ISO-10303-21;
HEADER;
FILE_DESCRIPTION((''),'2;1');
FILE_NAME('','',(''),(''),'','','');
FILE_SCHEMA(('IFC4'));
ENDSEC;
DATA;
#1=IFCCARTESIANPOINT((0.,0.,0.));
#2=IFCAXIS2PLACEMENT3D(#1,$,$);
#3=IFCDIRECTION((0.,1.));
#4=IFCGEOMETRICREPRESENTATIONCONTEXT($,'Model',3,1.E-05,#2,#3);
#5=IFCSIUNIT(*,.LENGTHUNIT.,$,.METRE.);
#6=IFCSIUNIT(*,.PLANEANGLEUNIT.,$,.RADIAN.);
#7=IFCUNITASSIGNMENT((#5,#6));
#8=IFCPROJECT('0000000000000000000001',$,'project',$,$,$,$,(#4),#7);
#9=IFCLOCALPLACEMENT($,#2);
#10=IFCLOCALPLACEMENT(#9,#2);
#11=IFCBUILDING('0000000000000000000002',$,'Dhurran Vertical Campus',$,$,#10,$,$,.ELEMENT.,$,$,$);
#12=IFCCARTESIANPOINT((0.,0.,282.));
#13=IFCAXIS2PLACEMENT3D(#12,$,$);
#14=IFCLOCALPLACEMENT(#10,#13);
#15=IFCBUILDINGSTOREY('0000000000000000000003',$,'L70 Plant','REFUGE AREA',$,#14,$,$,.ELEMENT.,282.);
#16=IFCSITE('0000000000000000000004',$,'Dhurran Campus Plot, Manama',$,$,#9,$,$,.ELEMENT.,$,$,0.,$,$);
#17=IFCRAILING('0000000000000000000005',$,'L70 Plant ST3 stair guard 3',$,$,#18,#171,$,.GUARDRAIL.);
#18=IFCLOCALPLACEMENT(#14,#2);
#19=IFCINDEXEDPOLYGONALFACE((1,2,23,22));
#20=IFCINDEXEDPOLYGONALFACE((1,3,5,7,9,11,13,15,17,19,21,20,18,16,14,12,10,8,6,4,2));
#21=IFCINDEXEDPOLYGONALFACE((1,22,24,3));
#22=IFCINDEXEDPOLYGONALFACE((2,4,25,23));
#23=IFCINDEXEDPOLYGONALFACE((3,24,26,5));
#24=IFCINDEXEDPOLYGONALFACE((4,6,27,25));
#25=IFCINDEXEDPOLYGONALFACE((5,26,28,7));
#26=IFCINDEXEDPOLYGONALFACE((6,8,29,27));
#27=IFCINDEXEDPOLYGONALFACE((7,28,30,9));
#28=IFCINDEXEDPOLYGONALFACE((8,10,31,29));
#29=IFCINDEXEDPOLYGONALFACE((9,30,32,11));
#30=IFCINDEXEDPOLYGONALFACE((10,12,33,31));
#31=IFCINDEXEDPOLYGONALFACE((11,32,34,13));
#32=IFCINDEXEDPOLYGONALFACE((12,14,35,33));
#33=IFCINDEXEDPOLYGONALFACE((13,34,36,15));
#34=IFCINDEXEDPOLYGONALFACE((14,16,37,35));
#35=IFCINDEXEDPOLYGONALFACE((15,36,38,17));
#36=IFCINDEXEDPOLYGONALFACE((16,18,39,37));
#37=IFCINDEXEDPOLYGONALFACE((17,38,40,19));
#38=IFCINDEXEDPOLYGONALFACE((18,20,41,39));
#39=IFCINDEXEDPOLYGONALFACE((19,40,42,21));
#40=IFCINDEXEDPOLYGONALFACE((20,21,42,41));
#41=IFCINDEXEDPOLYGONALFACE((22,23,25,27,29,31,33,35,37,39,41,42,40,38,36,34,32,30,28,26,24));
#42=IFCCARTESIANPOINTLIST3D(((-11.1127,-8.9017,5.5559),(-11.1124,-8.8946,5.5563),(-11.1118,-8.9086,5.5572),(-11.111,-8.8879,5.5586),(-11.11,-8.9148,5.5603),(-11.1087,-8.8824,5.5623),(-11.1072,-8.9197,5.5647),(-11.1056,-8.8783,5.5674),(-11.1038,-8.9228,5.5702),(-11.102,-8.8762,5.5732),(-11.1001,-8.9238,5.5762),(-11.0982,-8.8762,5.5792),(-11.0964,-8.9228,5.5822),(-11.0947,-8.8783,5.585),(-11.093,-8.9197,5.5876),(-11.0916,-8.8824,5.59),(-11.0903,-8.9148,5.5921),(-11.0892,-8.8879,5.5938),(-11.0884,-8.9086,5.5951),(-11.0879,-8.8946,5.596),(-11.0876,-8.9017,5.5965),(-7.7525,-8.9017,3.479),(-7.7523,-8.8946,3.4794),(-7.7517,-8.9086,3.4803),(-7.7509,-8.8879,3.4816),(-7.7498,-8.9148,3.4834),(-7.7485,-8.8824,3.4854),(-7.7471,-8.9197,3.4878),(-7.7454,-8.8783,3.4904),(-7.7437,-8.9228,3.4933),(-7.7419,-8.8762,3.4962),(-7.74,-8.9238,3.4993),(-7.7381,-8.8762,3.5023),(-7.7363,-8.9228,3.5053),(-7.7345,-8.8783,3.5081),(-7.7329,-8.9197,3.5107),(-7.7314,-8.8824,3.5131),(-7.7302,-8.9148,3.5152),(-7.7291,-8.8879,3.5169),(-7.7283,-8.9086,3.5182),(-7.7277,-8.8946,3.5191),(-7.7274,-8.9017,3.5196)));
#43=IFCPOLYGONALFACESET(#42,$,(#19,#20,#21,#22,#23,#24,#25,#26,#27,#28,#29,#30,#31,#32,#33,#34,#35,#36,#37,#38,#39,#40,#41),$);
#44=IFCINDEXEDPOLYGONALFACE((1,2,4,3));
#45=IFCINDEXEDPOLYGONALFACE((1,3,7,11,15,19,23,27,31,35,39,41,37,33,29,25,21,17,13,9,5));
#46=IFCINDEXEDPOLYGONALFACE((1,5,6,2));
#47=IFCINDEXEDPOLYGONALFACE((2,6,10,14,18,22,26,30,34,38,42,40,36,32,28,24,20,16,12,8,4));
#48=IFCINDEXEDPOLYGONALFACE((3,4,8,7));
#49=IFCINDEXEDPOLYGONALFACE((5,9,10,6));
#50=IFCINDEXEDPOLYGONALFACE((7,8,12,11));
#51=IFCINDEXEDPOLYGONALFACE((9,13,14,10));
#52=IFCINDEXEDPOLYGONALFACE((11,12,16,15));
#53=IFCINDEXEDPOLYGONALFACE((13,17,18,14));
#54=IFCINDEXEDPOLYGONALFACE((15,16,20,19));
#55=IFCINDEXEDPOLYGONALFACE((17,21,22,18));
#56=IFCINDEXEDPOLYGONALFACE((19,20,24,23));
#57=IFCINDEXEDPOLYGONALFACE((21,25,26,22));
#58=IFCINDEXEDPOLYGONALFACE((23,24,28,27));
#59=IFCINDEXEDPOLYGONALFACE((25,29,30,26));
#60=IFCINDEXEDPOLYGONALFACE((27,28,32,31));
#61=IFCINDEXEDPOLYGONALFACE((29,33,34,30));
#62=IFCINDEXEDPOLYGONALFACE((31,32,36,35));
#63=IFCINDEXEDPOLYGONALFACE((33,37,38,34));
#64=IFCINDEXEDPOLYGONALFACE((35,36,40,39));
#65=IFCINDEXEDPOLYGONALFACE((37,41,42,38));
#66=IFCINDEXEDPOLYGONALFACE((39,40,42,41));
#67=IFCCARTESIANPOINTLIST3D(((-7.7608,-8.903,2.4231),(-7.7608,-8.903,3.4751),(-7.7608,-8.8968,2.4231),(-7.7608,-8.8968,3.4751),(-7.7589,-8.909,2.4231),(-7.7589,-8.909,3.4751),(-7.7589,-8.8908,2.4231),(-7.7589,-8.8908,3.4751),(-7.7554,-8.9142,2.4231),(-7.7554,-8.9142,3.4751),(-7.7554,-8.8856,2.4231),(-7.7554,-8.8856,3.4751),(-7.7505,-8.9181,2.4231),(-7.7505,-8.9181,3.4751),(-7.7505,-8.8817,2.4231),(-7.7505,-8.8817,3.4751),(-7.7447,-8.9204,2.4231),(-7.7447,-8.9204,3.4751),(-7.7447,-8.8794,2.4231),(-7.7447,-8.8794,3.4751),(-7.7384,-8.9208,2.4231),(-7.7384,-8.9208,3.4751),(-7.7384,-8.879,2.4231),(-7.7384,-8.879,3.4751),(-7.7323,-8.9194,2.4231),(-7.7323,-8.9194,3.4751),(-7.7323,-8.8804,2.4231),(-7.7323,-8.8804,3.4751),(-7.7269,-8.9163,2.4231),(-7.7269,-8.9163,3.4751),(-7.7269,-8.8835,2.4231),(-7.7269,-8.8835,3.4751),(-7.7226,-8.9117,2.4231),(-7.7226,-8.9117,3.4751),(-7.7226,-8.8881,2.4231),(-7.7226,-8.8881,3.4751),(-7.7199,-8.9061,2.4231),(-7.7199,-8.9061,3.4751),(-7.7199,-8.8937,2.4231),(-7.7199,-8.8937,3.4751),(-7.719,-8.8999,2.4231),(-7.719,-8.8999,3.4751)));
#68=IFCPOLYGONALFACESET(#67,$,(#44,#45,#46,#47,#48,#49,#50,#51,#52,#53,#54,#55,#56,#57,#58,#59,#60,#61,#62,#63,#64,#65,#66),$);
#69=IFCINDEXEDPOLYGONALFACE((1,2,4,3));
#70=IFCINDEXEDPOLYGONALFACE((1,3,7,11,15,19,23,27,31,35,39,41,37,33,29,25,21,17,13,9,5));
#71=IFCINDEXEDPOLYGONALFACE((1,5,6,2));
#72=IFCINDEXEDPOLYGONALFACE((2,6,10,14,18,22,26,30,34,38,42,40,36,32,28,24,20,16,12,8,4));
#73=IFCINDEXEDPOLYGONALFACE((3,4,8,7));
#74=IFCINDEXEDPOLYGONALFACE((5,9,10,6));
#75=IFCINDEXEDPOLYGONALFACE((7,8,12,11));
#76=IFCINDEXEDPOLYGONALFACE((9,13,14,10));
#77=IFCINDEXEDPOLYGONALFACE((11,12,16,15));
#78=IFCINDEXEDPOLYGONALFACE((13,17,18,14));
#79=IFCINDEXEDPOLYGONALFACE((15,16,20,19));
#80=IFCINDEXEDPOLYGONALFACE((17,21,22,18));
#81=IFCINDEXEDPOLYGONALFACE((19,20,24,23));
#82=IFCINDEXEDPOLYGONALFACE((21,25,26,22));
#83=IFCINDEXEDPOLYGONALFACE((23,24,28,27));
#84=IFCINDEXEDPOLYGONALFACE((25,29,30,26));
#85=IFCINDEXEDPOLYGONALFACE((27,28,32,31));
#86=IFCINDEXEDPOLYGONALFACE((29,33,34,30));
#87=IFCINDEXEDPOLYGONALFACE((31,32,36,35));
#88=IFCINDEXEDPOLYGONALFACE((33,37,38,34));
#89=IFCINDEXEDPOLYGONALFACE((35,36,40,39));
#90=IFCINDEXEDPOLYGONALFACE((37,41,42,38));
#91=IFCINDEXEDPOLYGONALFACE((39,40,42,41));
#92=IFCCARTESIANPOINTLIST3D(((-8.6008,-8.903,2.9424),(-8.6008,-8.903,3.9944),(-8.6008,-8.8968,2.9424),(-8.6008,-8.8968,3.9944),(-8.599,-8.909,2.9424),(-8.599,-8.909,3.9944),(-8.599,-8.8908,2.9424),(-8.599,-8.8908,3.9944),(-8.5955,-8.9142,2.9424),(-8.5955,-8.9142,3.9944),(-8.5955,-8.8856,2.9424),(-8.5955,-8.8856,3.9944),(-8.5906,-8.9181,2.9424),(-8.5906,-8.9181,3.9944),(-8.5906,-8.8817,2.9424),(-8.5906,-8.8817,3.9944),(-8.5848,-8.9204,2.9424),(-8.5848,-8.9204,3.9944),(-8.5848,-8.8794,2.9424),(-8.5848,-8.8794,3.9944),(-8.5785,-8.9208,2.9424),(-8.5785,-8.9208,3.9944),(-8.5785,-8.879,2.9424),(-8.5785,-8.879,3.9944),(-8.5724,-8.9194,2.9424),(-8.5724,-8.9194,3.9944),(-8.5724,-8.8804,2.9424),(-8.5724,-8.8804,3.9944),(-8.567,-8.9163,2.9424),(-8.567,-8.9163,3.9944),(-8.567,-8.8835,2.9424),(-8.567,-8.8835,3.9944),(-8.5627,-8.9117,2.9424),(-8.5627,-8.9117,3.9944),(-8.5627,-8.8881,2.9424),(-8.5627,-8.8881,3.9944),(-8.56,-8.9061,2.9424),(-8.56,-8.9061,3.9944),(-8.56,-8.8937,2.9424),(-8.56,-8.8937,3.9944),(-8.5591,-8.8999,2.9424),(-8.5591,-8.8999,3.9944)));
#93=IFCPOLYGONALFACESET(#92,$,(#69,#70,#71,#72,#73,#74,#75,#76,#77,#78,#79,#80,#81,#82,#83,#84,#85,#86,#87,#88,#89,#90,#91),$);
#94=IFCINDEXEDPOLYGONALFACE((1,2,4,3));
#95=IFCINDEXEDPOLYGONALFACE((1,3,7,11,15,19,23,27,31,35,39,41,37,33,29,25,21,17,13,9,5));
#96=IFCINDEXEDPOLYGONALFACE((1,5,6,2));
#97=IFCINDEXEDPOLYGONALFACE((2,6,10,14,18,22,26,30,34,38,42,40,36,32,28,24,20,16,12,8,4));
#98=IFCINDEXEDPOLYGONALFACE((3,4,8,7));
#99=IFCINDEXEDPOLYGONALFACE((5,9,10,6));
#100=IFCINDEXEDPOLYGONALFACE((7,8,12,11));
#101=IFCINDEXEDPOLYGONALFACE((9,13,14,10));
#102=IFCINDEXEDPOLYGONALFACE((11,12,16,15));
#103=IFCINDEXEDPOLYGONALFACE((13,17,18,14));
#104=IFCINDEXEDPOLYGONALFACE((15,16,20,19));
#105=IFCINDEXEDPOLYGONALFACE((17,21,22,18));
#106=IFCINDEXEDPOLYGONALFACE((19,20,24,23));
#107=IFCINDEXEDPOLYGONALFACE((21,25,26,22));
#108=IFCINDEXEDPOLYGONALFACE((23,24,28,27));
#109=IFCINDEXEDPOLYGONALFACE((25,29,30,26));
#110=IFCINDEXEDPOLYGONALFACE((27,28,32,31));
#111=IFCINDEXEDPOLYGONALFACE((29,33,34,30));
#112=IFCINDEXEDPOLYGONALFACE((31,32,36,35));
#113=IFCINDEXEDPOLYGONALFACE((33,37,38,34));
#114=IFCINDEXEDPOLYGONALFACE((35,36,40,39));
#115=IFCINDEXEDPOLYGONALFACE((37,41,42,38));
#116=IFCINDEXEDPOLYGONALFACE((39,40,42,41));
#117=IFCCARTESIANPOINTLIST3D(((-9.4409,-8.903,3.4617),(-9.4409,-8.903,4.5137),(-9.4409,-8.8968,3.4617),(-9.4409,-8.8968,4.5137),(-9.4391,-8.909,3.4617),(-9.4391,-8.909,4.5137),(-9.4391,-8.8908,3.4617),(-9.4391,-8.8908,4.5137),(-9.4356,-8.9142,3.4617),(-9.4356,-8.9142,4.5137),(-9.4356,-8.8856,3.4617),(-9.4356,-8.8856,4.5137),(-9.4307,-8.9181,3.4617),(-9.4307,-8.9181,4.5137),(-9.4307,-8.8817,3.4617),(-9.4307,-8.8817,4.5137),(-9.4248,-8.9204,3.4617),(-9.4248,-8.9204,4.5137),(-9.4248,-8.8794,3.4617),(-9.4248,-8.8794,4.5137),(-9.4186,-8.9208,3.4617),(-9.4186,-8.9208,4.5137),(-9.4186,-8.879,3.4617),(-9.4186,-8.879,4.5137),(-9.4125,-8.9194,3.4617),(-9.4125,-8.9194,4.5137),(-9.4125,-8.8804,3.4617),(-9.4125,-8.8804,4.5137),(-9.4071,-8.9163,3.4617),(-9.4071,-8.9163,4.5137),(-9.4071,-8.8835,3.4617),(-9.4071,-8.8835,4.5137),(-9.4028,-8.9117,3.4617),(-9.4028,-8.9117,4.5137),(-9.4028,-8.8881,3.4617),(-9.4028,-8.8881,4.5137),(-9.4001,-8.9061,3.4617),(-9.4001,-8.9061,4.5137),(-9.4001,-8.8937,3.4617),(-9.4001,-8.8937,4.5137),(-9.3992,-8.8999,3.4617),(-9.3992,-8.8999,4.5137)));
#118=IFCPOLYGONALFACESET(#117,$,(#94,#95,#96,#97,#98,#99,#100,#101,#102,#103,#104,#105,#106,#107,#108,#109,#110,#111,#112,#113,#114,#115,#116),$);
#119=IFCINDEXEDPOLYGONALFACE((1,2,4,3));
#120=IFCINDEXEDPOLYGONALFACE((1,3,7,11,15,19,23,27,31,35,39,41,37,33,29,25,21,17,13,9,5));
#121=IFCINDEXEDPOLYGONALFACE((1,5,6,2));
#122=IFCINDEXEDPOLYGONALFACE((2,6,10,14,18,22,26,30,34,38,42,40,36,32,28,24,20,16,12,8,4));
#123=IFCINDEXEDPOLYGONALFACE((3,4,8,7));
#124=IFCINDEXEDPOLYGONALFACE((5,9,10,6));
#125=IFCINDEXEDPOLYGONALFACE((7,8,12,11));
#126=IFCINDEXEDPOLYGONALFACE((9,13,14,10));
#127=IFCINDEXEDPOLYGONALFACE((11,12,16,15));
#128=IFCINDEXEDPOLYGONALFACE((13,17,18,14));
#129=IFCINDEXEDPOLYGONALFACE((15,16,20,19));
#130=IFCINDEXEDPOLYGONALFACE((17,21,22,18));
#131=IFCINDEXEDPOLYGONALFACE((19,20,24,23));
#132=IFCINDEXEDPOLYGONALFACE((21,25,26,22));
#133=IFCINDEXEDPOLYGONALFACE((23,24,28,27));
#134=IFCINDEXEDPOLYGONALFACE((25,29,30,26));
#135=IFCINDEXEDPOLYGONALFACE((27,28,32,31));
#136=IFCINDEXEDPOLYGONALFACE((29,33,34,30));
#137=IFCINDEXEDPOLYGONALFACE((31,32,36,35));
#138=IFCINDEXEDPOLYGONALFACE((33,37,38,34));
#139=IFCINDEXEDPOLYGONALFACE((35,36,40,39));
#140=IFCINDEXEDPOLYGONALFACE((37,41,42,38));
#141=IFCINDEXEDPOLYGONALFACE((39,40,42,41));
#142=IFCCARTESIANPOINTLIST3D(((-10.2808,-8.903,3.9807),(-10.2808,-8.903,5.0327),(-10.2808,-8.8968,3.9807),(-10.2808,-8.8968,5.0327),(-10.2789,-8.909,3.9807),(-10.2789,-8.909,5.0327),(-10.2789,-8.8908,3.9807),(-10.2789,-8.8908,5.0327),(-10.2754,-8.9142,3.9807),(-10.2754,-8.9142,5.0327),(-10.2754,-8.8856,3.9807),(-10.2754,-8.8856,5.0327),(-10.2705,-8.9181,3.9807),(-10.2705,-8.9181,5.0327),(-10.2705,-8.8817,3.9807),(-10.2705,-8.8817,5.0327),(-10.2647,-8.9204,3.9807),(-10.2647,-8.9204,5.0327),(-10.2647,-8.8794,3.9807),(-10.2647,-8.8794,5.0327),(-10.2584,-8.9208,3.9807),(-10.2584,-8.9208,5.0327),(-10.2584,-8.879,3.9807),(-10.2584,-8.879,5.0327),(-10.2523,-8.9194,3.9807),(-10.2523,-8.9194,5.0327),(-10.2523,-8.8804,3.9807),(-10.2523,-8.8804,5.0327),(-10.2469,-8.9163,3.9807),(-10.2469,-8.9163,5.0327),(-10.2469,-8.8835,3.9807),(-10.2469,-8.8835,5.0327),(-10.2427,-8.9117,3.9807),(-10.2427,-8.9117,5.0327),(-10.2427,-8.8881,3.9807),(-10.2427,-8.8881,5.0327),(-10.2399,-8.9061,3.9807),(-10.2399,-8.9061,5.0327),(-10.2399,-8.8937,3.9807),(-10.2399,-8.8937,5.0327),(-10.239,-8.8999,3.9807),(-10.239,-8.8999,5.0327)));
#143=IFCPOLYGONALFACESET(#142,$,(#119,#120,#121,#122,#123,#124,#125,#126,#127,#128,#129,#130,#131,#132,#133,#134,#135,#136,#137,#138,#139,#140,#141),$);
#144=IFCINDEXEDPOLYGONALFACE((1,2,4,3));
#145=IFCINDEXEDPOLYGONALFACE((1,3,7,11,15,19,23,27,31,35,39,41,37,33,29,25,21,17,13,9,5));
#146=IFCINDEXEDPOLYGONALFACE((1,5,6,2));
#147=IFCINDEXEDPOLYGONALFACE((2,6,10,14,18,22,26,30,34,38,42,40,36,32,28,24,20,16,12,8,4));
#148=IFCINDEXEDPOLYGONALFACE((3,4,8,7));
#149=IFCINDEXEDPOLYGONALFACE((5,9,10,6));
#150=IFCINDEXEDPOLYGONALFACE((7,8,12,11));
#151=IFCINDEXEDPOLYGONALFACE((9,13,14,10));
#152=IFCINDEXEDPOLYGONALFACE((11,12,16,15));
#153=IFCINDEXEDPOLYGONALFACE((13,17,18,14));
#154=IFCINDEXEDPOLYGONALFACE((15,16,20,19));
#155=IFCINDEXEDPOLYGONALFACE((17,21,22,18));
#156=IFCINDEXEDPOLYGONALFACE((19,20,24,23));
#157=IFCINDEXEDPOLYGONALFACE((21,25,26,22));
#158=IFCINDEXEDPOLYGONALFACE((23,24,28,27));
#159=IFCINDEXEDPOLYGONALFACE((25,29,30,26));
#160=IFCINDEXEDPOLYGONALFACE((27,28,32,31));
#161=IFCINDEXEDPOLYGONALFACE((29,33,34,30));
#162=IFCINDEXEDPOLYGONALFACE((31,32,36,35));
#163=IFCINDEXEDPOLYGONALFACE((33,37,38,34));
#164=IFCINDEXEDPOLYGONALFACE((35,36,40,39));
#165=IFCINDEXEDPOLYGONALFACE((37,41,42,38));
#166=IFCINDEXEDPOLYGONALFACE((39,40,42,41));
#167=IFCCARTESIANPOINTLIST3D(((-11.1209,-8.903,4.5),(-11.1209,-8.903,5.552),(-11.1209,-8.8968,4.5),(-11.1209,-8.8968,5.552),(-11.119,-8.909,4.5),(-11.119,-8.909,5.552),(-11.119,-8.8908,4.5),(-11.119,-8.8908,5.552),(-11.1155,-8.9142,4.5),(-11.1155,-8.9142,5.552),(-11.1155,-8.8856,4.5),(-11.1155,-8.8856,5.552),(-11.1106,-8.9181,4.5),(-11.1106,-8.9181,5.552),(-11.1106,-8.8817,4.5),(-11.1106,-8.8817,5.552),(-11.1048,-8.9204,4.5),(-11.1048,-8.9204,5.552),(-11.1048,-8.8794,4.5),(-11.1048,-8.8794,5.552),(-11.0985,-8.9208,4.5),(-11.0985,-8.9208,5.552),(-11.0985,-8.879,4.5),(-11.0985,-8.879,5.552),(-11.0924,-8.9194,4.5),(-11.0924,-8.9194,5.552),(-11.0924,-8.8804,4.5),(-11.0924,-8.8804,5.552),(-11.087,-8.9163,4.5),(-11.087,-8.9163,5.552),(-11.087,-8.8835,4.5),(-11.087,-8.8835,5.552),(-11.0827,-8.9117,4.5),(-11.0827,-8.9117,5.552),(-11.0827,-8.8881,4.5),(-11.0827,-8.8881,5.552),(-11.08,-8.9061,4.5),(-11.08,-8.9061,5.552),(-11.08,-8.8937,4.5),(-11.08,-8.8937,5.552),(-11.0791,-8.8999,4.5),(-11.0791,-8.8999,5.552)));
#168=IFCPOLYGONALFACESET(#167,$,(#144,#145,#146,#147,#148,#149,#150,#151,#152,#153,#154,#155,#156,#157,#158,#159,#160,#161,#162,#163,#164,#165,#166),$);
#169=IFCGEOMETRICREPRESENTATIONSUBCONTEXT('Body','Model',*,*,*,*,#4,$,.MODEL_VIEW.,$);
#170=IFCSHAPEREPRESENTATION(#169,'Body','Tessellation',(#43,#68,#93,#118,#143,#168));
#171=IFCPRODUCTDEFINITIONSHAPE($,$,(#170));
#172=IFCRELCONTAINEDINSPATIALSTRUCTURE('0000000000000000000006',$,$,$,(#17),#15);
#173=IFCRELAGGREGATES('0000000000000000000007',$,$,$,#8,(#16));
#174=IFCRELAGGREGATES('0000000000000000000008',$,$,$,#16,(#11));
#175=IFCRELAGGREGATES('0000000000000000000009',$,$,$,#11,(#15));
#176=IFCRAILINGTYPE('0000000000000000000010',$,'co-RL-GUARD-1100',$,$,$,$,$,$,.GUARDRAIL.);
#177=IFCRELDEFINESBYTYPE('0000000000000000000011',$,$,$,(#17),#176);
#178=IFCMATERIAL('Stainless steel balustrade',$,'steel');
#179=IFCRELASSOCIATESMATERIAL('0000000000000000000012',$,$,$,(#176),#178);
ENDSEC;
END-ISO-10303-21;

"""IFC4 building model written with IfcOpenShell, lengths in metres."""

from ifc_helpers import new_model, si_unit, direction, frame, origin, origin_2d, place, context, subcontext, project, spatial, circle, extrude, material, type_object, element, save


model = new_model("IFC4")

# Units and contexts
model_context = context("Model", 3, precision=1e-05, world=origin(), true_north=direction((0.0, 1.0)))
body_context = subcontext(model_context, "Body", "Model", "MODEL_VIEW")
ifc_project = project(units=[si_unit("LENGTHUNIT", "METRE"), si_unit("PLANEANGLEUNIT", "RADIAN")], contexts=[model_context])

# Site, building, storey
site_placement = place(None, origin())
site = spatial("IfcSite", under=ifc_project, at=site_placement, Name="Dhurran Campus Plot, Manama", CompositionType="ELEMENT", RefElevation=0.0)
building_placement = place(site_placement, origin())
building = spatial("IfcBuilding", under=site, at=building_placement, Name="Dhurran Vertical Campus", CompositionType="ELEMENT")
storey_placement = place(building_placement, frame((0.0, 0.0, 282.0)))
storey = spatial("IfcBuildingStorey", under=building, at=storey_placement, Name="L70 Plant", Description="REFUGE AREA", CompositionType="ELEMENT", Elevation=282.0)

# Railing
ifc_material_1 = material(Name="Stainless steel balustrade", Category="steel")
railing_type_1 = type_object("IfcRailingType", Name="co-RL-GUARD-1100", PredefinedType="GUARDRAIL", material=ifc_material_1)
railing_1_placement = place(storey_placement, frame((-7.74, -8.8999, 2.4231)))
element("IfcRailing", 1, at=railing_1_placement, inside=storey, type_object=railing_type_1, Name="L70 Plant ST3 stair guard 3", PredefinedType="GUARDRAIL", context=body_context, shape_type="SweptSolid", body=[
    extrude(circle(Radius=0.0239, at=origin_2d()), frame((0.0, 0.0, 1.0762), z_axis=(-0.850623, 0.0, 0.525776), x_axis=(0.0, -1.0, 0.0)), (0.0, 0.0, 1.0), 3.9502),
    extrude(circle(Radius=0.021, at=origin_2d()), origin(), (0.0, 0.0, 1.0), 1.052),
    extrude(circle(Radius=0.021, at=origin_2d()), frame((-0.8401, 0.0, 0.5193)), (0.0, 0.0, 1.0), 1.052),
    extrude(circle(Radius=0.021, at=origin_2d()), frame((-1.6802, 0.0, 1.0386)), (0.0, 0.0, 1.0), 1.052),
    extrude(circle(Radius=0.021, at=origin_2d()), frame((-2.52, 0.0, 1.5576)), (0.0, 0.0, 1.0), 1.052),
    extrude(circle(Radius=0.021, at=origin_2d()), frame((-3.3601, 0.0, 2.0769)), (0.0, 0.0, 1.0), 1.052),
])

save(model, "model.ifc")
